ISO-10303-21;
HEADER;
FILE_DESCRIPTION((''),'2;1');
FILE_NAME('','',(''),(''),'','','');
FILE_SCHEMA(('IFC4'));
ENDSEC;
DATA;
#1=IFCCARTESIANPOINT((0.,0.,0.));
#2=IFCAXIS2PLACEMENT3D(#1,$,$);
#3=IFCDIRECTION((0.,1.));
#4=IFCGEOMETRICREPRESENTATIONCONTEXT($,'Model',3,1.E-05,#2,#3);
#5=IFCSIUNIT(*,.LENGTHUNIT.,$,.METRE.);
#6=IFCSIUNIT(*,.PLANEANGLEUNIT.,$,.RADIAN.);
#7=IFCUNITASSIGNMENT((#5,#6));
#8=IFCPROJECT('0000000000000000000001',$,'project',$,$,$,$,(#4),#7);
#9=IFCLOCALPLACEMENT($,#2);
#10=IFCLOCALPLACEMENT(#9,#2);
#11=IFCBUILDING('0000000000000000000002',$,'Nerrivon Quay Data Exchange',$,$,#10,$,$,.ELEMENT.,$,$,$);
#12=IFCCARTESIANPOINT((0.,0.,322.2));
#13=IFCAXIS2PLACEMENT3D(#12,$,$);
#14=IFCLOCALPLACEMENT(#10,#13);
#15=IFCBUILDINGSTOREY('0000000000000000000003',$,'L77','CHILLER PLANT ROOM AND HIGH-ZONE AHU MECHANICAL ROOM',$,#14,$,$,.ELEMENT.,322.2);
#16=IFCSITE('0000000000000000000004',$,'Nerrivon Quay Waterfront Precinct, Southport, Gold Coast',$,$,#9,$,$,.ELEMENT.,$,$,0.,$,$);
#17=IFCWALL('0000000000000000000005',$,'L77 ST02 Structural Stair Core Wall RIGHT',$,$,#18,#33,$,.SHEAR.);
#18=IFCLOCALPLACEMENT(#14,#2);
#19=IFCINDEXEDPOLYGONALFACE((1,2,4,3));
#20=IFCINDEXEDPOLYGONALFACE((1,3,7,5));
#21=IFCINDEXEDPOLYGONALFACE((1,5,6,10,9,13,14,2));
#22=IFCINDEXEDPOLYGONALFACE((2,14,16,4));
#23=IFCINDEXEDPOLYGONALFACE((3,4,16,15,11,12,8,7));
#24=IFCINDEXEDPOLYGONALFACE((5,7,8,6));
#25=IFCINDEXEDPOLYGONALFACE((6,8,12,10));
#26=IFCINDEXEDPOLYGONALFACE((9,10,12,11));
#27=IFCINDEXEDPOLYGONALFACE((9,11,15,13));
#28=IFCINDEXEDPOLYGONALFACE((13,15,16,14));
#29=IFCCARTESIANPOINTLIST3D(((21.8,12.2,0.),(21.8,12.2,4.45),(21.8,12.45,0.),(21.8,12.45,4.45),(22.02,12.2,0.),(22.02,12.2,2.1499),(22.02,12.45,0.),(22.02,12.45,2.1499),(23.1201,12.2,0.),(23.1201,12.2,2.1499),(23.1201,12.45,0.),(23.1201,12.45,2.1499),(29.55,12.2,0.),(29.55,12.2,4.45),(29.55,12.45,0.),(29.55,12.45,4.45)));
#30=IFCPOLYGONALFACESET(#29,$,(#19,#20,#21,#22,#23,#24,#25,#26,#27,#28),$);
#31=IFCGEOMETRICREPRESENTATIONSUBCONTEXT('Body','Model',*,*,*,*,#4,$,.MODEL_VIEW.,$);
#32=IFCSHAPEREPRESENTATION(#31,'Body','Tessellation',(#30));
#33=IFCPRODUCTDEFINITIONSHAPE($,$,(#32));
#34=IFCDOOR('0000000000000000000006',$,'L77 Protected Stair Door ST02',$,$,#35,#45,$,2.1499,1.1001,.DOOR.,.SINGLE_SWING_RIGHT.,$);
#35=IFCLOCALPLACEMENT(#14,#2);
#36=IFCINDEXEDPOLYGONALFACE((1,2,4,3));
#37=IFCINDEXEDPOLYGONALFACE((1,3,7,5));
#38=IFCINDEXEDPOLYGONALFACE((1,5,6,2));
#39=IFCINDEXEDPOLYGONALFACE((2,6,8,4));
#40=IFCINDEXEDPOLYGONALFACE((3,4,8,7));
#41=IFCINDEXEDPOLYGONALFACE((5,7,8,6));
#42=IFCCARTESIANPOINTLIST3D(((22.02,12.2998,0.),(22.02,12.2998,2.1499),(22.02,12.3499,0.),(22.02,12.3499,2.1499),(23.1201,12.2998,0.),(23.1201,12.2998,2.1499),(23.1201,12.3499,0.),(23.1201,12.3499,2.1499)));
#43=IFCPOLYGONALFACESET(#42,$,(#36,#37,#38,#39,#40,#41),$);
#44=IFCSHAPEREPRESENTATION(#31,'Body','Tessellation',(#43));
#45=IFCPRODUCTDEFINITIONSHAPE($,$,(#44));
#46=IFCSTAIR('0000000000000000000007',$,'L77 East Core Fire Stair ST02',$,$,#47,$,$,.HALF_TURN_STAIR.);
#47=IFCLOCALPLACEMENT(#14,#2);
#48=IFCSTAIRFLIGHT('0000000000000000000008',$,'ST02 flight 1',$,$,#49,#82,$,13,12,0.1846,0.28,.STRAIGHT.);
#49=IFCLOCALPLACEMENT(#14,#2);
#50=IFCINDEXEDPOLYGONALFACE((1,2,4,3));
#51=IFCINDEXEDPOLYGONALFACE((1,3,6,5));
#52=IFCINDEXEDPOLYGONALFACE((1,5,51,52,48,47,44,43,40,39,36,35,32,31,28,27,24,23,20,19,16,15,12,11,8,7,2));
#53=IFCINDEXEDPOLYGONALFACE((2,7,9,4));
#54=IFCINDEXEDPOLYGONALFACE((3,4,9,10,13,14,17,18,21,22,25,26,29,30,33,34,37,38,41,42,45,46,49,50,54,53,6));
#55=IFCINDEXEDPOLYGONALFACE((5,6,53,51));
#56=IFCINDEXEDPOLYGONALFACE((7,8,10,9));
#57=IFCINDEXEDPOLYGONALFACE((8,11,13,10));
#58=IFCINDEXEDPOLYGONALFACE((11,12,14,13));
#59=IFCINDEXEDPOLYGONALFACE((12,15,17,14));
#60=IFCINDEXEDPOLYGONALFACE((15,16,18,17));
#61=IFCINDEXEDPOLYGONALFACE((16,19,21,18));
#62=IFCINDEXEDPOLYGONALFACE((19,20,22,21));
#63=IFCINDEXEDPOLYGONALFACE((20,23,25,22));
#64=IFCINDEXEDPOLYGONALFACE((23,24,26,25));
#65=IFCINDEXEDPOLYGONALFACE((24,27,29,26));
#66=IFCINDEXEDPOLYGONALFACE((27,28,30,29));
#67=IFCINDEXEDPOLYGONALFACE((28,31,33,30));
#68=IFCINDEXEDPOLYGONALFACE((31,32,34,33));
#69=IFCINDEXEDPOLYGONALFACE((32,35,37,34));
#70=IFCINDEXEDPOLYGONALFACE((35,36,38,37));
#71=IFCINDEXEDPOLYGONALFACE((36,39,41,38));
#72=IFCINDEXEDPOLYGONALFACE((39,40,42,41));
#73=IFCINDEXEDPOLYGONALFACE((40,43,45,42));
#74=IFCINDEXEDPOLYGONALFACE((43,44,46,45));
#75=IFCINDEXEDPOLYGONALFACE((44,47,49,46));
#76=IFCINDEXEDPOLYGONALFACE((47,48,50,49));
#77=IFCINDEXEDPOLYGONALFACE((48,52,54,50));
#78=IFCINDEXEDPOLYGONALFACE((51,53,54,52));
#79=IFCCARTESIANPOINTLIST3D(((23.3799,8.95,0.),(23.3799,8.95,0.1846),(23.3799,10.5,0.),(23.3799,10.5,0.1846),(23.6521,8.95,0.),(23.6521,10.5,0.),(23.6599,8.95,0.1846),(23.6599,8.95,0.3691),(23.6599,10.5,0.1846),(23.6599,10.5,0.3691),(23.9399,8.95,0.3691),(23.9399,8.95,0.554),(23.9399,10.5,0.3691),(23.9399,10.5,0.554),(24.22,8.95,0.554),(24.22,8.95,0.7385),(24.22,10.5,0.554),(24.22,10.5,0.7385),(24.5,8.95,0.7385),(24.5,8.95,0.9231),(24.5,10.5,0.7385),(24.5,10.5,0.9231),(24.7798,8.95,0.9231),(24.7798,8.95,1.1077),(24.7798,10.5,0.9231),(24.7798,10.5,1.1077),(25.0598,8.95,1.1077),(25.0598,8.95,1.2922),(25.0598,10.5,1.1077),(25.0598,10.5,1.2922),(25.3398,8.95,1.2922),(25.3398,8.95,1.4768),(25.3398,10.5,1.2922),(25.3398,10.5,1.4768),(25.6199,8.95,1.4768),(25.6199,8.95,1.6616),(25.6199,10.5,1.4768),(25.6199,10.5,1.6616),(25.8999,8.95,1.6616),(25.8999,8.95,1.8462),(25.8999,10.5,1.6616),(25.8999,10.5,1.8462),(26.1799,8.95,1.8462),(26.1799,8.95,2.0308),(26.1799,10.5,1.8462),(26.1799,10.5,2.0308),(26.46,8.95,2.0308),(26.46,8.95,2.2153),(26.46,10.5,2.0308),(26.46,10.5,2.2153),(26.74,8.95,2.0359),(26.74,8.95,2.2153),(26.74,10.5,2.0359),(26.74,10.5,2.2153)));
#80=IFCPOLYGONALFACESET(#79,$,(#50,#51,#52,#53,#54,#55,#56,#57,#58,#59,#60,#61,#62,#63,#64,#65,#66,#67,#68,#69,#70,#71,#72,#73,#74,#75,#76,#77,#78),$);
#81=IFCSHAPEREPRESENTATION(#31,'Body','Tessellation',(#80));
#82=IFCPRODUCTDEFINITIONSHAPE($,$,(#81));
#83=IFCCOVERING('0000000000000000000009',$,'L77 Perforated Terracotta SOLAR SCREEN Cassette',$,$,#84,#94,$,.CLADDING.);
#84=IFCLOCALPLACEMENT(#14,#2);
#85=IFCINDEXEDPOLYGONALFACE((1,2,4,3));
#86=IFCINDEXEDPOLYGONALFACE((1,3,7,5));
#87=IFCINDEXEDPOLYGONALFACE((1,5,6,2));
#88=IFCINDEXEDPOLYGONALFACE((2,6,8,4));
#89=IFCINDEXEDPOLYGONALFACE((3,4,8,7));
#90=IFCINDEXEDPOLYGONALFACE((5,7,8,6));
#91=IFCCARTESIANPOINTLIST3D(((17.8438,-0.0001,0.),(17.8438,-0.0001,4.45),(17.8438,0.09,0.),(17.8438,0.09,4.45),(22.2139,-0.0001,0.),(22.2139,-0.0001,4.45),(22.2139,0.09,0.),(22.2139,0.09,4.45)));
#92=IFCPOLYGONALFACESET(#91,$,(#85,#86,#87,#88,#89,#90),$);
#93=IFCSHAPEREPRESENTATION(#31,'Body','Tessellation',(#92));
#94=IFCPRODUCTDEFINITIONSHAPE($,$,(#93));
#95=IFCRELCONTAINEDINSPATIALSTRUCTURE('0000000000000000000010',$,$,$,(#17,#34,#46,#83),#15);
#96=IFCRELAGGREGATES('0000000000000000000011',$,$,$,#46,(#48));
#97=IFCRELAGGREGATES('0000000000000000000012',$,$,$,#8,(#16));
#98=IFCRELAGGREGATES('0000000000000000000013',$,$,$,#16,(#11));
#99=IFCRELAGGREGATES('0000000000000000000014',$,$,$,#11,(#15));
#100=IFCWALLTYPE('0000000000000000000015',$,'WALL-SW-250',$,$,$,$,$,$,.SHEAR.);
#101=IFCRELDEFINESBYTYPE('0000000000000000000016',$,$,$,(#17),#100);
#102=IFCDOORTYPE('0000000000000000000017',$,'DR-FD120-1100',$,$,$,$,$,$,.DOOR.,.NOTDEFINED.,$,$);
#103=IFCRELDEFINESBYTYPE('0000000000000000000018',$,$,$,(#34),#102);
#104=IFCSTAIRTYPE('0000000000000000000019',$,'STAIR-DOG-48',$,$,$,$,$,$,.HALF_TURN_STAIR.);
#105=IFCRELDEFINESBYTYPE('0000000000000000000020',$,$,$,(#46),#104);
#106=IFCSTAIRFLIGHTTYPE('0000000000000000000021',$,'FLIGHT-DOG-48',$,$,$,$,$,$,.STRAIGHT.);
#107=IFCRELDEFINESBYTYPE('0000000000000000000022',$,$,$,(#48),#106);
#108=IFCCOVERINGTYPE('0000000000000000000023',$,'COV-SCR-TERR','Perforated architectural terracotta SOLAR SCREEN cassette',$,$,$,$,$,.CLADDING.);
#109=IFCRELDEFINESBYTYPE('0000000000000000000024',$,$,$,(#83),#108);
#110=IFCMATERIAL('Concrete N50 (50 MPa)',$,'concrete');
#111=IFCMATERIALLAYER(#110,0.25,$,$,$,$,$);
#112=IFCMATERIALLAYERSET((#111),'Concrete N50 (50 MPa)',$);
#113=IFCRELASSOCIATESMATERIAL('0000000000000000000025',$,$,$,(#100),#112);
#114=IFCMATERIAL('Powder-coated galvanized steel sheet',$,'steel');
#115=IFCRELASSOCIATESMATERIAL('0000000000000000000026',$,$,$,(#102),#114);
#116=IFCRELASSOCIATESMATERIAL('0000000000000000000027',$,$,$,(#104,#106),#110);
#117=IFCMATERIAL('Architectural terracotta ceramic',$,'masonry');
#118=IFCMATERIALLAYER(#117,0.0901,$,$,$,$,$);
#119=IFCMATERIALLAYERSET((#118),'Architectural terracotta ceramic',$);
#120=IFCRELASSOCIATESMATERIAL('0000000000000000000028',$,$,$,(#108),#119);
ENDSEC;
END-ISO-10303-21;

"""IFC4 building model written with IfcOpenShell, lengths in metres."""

from ifc_helpers import new_model, si_unit, direction, frame, frame_2d, origin, origin_2d, place, context, subcontext, project, spatial, polyline, rectangle, outline, extrude, material, layer, layer_set, type_object, element, fill, aggregate, save


model = new_model("IFC4")

# Units and contexts
model_context = context("Model", 3, precision=1e-05, world=origin(), true_north=direction((0.0, 1.0)))
body_context = subcontext(model_context, "Body", "Model", "MODEL_VIEW")
ifc_project = project(units=[si_unit("LENGTHUNIT", "METRE"), si_unit("PLANEANGLEUNIT", "RADIAN")], contexts=[model_context])

# Site, building, storey
site_placement = place(None, origin())
site = spatial("IfcSite", under=ifc_project, at=site_placement, Name="Nerrivon Quay Waterfront Precinct, Southport, Gold Coast", CompositionType="ELEMENT", RefElevation=0.0)
building_placement = place(site_placement, origin())
building = spatial("IfcBuilding", under=site, at=building_placement, Name="Nerrivon Quay Data Exchange", CompositionType="ELEMENT")
storey_placement = place(building_placement, frame((0.0, 0.0, 322.2)))
storey = spatial("IfcBuildingStorey", under=building, at=storey_placement, Name="L77", Description="CHILLER PLANT ROOM AND HIGH-ZONE AHU MECHANICAL ROOM", CompositionType="ELEMENT", Elevation=322.2)

# Shared definitions
ifc_material_1 = material(Name="Concrete N50 (50 MPa)", Category="concrete")

# Shared definitions
ifc_material_2 = material(Name="Powder-coated galvanized steel sheet", Category="steel")

# Shared definitions
ifc_layer_1 = layer(ifc_material_1, 0.25)
ifc_layer_set_1 = layer_set([ifc_layer_1], Name="Concrete N50 (50 MPa)")
wall_type_1 = type_object("IfcWallType", Name="WALL-SW-250", PredefinedType="SHEAR", material=ifc_layer_set_1)

# Wall, opening, door
wall_1_placement = place(storey_placement, frame((21.8, 12.325, 0.0), z_axis=(0.0, 0.0, 1.0), x_axis=(1.0, 0.0, 0.0)))
wall_1 = element("IfcWall", 1, at=wall_1_placement, inside=storey, type_object=wall_type_1, Name="L77 ST02 Structural Stair Core Wall RIGHT", PredefinedType="SHEAR", context=body_context, shape_type="SweptSolid", body=[
    extrude(rectangle(XDim=7.75, YDim=0.25, at=frame_2d((3.875, 0.0))), origin(), (0.0, 0.0, 1.0), 4.45),
])
opening_1_placement = place(wall_1_placement, frame((0.22, 0.0, 0.0)))
opening_1 = element("IfcOpeningElement", 2, at=opening_1_placement, cuts=wall_1, PredefinedType="OPENING", context=body_context, shape_type="SweptSolid", body=[
    extrude(rectangle(XDim=1.1001, YDim=2.1499, at=frame_2d((0.55, 1.075))), frame((0.0, 0.135, 0.0), z_axis=(0.0, -1.0, 0.0), x_axis=(1.0, 0.0, 0.0)), (0.0, 0.0, 1.0), 0.27),
])
door_type_1 = type_object("IfcDoorType", Name="DR-FD120-1100", OperationType="NOTDEFINED", PredefinedType="DOOR", material=ifc_material_2)
door_1_placement = place(opening_1_placement, origin())
door_1 = element("IfcDoor", 3, at=door_1_placement, inside=storey, type_object=door_type_1, Name="L77 Protected Stair Door ST02", OperationType="SINGLE_SWING_RIGHT", OverallHeight=2.1499, OverallWidth=1.1001, PredefinedType="DOOR", context=body_context, shape_type="SweptSolid", body=[
    extrude(rectangle(XDim=1.1001, YDim=2.1499, at=frame_2d((0.55, 1.075))), frame((0.0, 0.0249, 0.0), z_axis=(0.0, -1.0, 0.0), x_axis=(1.0, 0.0, 0.0)), (0.0, 0.0, 1.0), 0.05),
])
fill(opening_1, door_1)

# Stair, stair flight
stair_type = type_object("IfcStairType", Name="STAIR-DOG-48", PredefinedType="HALF_TURN_STAIR", material=ifc_material_1)
stair_placement = place(storey_placement, origin())
stair = element("IfcStair", 4, at=stair_placement, inside=storey, type_object=stair_type, Name="L77 East Core Fire Stair ST02", PredefinedType="HALF_TURN_STAIR")
stair_flight_type = type_object("IfcStairFlightType", Name="FLIGHT-DOG-48", PredefinedType="STRAIGHT", material=ifc_material_1)
stair_flight_placement = place(storey_placement, frame((23.3799, 9.7251, 0.0), z_axis=(0.0, 0.0, 1.0), x_axis=(1.0, 0.0, 0.0)))
stair_flight = element("IfcStairFlight", 5, at=stair_flight_placement, type_object=stair_flight_type, Name="ST02 flight 1", NumberOfRisers=13, NumberOfTreads=12, PredefinedType="STRAIGHT", RiserHeight=0.1846, TreadLength=0.28, context=body_context, shape_type="SweptSolid", body=[
    extrude(outline(polyline([(0.0, 0.0), (0.0, 0.1846), (0.28, 0.1846), (0.28, 0.3691), (0.5601, 0.3691), (0.5601, 0.554), (0.8401, 0.554), (0.8401, 0.7385), (1.1201, 0.7385), (1.1201, 0.9231), (1.3999, 0.9231), (1.3999, 1.1077), (1.6799, 1.1077), (1.6799, 1.2922), (1.96, 1.2922), (1.96, 1.4768), (2.24, 1.4768), (2.24, 1.6616), (2.52, 1.6616), (2.52, 1.8462), (2.8, 1.8462), (2.8, 2.0308), (3.0801, 2.0308), (3.0801, 2.2153), (3.3601, 2.2153), (3.3601, 2.3999), (3.3601, 2.0359), (0.2722, 0.0), (0.0, 0.0)])), frame((0.0, 0.7749, 0.0), z_axis=(0.0, -1.0, 0.0), x_axis=(1.0, 0.0, 0.0)), (0.0, 0.0, 1.0), 1.55),
])
aggregate(stair, [stair_flight])

# Covering
ifc_material_3 = material(Name="Architectural terracotta ceramic", Category="masonry")
ifc_layer_2 = layer(ifc_material_3, 0.0901)
ifc_layer_set_2 = layer_set([ifc_layer_2], Name="Architectural terracotta ceramic")
covering_type = type_object("IfcCoveringType", Name="COV-SCR-TERR", Description="Perforated architectural terracotta SOLAR SCREEN cassette", PredefinedType="CLADDING", material=ifc_layer_set_2)
covering_placement = place(storey_placement, frame((20.0288, 0.0449, 0.0), z_axis=(0.0, 0.0, 1.0), x_axis=(-1.0, 0.0, 0.0)))
element("IfcCovering", 6, at=covering_placement, inside=storey, type_object=covering_type, Name="L77 Perforated Terracotta SOLAR SCREEN Cassette", PredefinedType="CLADDING", context=body_context, shape_type="SweptSolid", body=[
    extrude(rectangle(XDim=4.3701, YDim=0.0901, at=origin_2d()), origin(), (0.0, 0.0, 1.0), 4.45),
])

save(model, "model.ifc")
